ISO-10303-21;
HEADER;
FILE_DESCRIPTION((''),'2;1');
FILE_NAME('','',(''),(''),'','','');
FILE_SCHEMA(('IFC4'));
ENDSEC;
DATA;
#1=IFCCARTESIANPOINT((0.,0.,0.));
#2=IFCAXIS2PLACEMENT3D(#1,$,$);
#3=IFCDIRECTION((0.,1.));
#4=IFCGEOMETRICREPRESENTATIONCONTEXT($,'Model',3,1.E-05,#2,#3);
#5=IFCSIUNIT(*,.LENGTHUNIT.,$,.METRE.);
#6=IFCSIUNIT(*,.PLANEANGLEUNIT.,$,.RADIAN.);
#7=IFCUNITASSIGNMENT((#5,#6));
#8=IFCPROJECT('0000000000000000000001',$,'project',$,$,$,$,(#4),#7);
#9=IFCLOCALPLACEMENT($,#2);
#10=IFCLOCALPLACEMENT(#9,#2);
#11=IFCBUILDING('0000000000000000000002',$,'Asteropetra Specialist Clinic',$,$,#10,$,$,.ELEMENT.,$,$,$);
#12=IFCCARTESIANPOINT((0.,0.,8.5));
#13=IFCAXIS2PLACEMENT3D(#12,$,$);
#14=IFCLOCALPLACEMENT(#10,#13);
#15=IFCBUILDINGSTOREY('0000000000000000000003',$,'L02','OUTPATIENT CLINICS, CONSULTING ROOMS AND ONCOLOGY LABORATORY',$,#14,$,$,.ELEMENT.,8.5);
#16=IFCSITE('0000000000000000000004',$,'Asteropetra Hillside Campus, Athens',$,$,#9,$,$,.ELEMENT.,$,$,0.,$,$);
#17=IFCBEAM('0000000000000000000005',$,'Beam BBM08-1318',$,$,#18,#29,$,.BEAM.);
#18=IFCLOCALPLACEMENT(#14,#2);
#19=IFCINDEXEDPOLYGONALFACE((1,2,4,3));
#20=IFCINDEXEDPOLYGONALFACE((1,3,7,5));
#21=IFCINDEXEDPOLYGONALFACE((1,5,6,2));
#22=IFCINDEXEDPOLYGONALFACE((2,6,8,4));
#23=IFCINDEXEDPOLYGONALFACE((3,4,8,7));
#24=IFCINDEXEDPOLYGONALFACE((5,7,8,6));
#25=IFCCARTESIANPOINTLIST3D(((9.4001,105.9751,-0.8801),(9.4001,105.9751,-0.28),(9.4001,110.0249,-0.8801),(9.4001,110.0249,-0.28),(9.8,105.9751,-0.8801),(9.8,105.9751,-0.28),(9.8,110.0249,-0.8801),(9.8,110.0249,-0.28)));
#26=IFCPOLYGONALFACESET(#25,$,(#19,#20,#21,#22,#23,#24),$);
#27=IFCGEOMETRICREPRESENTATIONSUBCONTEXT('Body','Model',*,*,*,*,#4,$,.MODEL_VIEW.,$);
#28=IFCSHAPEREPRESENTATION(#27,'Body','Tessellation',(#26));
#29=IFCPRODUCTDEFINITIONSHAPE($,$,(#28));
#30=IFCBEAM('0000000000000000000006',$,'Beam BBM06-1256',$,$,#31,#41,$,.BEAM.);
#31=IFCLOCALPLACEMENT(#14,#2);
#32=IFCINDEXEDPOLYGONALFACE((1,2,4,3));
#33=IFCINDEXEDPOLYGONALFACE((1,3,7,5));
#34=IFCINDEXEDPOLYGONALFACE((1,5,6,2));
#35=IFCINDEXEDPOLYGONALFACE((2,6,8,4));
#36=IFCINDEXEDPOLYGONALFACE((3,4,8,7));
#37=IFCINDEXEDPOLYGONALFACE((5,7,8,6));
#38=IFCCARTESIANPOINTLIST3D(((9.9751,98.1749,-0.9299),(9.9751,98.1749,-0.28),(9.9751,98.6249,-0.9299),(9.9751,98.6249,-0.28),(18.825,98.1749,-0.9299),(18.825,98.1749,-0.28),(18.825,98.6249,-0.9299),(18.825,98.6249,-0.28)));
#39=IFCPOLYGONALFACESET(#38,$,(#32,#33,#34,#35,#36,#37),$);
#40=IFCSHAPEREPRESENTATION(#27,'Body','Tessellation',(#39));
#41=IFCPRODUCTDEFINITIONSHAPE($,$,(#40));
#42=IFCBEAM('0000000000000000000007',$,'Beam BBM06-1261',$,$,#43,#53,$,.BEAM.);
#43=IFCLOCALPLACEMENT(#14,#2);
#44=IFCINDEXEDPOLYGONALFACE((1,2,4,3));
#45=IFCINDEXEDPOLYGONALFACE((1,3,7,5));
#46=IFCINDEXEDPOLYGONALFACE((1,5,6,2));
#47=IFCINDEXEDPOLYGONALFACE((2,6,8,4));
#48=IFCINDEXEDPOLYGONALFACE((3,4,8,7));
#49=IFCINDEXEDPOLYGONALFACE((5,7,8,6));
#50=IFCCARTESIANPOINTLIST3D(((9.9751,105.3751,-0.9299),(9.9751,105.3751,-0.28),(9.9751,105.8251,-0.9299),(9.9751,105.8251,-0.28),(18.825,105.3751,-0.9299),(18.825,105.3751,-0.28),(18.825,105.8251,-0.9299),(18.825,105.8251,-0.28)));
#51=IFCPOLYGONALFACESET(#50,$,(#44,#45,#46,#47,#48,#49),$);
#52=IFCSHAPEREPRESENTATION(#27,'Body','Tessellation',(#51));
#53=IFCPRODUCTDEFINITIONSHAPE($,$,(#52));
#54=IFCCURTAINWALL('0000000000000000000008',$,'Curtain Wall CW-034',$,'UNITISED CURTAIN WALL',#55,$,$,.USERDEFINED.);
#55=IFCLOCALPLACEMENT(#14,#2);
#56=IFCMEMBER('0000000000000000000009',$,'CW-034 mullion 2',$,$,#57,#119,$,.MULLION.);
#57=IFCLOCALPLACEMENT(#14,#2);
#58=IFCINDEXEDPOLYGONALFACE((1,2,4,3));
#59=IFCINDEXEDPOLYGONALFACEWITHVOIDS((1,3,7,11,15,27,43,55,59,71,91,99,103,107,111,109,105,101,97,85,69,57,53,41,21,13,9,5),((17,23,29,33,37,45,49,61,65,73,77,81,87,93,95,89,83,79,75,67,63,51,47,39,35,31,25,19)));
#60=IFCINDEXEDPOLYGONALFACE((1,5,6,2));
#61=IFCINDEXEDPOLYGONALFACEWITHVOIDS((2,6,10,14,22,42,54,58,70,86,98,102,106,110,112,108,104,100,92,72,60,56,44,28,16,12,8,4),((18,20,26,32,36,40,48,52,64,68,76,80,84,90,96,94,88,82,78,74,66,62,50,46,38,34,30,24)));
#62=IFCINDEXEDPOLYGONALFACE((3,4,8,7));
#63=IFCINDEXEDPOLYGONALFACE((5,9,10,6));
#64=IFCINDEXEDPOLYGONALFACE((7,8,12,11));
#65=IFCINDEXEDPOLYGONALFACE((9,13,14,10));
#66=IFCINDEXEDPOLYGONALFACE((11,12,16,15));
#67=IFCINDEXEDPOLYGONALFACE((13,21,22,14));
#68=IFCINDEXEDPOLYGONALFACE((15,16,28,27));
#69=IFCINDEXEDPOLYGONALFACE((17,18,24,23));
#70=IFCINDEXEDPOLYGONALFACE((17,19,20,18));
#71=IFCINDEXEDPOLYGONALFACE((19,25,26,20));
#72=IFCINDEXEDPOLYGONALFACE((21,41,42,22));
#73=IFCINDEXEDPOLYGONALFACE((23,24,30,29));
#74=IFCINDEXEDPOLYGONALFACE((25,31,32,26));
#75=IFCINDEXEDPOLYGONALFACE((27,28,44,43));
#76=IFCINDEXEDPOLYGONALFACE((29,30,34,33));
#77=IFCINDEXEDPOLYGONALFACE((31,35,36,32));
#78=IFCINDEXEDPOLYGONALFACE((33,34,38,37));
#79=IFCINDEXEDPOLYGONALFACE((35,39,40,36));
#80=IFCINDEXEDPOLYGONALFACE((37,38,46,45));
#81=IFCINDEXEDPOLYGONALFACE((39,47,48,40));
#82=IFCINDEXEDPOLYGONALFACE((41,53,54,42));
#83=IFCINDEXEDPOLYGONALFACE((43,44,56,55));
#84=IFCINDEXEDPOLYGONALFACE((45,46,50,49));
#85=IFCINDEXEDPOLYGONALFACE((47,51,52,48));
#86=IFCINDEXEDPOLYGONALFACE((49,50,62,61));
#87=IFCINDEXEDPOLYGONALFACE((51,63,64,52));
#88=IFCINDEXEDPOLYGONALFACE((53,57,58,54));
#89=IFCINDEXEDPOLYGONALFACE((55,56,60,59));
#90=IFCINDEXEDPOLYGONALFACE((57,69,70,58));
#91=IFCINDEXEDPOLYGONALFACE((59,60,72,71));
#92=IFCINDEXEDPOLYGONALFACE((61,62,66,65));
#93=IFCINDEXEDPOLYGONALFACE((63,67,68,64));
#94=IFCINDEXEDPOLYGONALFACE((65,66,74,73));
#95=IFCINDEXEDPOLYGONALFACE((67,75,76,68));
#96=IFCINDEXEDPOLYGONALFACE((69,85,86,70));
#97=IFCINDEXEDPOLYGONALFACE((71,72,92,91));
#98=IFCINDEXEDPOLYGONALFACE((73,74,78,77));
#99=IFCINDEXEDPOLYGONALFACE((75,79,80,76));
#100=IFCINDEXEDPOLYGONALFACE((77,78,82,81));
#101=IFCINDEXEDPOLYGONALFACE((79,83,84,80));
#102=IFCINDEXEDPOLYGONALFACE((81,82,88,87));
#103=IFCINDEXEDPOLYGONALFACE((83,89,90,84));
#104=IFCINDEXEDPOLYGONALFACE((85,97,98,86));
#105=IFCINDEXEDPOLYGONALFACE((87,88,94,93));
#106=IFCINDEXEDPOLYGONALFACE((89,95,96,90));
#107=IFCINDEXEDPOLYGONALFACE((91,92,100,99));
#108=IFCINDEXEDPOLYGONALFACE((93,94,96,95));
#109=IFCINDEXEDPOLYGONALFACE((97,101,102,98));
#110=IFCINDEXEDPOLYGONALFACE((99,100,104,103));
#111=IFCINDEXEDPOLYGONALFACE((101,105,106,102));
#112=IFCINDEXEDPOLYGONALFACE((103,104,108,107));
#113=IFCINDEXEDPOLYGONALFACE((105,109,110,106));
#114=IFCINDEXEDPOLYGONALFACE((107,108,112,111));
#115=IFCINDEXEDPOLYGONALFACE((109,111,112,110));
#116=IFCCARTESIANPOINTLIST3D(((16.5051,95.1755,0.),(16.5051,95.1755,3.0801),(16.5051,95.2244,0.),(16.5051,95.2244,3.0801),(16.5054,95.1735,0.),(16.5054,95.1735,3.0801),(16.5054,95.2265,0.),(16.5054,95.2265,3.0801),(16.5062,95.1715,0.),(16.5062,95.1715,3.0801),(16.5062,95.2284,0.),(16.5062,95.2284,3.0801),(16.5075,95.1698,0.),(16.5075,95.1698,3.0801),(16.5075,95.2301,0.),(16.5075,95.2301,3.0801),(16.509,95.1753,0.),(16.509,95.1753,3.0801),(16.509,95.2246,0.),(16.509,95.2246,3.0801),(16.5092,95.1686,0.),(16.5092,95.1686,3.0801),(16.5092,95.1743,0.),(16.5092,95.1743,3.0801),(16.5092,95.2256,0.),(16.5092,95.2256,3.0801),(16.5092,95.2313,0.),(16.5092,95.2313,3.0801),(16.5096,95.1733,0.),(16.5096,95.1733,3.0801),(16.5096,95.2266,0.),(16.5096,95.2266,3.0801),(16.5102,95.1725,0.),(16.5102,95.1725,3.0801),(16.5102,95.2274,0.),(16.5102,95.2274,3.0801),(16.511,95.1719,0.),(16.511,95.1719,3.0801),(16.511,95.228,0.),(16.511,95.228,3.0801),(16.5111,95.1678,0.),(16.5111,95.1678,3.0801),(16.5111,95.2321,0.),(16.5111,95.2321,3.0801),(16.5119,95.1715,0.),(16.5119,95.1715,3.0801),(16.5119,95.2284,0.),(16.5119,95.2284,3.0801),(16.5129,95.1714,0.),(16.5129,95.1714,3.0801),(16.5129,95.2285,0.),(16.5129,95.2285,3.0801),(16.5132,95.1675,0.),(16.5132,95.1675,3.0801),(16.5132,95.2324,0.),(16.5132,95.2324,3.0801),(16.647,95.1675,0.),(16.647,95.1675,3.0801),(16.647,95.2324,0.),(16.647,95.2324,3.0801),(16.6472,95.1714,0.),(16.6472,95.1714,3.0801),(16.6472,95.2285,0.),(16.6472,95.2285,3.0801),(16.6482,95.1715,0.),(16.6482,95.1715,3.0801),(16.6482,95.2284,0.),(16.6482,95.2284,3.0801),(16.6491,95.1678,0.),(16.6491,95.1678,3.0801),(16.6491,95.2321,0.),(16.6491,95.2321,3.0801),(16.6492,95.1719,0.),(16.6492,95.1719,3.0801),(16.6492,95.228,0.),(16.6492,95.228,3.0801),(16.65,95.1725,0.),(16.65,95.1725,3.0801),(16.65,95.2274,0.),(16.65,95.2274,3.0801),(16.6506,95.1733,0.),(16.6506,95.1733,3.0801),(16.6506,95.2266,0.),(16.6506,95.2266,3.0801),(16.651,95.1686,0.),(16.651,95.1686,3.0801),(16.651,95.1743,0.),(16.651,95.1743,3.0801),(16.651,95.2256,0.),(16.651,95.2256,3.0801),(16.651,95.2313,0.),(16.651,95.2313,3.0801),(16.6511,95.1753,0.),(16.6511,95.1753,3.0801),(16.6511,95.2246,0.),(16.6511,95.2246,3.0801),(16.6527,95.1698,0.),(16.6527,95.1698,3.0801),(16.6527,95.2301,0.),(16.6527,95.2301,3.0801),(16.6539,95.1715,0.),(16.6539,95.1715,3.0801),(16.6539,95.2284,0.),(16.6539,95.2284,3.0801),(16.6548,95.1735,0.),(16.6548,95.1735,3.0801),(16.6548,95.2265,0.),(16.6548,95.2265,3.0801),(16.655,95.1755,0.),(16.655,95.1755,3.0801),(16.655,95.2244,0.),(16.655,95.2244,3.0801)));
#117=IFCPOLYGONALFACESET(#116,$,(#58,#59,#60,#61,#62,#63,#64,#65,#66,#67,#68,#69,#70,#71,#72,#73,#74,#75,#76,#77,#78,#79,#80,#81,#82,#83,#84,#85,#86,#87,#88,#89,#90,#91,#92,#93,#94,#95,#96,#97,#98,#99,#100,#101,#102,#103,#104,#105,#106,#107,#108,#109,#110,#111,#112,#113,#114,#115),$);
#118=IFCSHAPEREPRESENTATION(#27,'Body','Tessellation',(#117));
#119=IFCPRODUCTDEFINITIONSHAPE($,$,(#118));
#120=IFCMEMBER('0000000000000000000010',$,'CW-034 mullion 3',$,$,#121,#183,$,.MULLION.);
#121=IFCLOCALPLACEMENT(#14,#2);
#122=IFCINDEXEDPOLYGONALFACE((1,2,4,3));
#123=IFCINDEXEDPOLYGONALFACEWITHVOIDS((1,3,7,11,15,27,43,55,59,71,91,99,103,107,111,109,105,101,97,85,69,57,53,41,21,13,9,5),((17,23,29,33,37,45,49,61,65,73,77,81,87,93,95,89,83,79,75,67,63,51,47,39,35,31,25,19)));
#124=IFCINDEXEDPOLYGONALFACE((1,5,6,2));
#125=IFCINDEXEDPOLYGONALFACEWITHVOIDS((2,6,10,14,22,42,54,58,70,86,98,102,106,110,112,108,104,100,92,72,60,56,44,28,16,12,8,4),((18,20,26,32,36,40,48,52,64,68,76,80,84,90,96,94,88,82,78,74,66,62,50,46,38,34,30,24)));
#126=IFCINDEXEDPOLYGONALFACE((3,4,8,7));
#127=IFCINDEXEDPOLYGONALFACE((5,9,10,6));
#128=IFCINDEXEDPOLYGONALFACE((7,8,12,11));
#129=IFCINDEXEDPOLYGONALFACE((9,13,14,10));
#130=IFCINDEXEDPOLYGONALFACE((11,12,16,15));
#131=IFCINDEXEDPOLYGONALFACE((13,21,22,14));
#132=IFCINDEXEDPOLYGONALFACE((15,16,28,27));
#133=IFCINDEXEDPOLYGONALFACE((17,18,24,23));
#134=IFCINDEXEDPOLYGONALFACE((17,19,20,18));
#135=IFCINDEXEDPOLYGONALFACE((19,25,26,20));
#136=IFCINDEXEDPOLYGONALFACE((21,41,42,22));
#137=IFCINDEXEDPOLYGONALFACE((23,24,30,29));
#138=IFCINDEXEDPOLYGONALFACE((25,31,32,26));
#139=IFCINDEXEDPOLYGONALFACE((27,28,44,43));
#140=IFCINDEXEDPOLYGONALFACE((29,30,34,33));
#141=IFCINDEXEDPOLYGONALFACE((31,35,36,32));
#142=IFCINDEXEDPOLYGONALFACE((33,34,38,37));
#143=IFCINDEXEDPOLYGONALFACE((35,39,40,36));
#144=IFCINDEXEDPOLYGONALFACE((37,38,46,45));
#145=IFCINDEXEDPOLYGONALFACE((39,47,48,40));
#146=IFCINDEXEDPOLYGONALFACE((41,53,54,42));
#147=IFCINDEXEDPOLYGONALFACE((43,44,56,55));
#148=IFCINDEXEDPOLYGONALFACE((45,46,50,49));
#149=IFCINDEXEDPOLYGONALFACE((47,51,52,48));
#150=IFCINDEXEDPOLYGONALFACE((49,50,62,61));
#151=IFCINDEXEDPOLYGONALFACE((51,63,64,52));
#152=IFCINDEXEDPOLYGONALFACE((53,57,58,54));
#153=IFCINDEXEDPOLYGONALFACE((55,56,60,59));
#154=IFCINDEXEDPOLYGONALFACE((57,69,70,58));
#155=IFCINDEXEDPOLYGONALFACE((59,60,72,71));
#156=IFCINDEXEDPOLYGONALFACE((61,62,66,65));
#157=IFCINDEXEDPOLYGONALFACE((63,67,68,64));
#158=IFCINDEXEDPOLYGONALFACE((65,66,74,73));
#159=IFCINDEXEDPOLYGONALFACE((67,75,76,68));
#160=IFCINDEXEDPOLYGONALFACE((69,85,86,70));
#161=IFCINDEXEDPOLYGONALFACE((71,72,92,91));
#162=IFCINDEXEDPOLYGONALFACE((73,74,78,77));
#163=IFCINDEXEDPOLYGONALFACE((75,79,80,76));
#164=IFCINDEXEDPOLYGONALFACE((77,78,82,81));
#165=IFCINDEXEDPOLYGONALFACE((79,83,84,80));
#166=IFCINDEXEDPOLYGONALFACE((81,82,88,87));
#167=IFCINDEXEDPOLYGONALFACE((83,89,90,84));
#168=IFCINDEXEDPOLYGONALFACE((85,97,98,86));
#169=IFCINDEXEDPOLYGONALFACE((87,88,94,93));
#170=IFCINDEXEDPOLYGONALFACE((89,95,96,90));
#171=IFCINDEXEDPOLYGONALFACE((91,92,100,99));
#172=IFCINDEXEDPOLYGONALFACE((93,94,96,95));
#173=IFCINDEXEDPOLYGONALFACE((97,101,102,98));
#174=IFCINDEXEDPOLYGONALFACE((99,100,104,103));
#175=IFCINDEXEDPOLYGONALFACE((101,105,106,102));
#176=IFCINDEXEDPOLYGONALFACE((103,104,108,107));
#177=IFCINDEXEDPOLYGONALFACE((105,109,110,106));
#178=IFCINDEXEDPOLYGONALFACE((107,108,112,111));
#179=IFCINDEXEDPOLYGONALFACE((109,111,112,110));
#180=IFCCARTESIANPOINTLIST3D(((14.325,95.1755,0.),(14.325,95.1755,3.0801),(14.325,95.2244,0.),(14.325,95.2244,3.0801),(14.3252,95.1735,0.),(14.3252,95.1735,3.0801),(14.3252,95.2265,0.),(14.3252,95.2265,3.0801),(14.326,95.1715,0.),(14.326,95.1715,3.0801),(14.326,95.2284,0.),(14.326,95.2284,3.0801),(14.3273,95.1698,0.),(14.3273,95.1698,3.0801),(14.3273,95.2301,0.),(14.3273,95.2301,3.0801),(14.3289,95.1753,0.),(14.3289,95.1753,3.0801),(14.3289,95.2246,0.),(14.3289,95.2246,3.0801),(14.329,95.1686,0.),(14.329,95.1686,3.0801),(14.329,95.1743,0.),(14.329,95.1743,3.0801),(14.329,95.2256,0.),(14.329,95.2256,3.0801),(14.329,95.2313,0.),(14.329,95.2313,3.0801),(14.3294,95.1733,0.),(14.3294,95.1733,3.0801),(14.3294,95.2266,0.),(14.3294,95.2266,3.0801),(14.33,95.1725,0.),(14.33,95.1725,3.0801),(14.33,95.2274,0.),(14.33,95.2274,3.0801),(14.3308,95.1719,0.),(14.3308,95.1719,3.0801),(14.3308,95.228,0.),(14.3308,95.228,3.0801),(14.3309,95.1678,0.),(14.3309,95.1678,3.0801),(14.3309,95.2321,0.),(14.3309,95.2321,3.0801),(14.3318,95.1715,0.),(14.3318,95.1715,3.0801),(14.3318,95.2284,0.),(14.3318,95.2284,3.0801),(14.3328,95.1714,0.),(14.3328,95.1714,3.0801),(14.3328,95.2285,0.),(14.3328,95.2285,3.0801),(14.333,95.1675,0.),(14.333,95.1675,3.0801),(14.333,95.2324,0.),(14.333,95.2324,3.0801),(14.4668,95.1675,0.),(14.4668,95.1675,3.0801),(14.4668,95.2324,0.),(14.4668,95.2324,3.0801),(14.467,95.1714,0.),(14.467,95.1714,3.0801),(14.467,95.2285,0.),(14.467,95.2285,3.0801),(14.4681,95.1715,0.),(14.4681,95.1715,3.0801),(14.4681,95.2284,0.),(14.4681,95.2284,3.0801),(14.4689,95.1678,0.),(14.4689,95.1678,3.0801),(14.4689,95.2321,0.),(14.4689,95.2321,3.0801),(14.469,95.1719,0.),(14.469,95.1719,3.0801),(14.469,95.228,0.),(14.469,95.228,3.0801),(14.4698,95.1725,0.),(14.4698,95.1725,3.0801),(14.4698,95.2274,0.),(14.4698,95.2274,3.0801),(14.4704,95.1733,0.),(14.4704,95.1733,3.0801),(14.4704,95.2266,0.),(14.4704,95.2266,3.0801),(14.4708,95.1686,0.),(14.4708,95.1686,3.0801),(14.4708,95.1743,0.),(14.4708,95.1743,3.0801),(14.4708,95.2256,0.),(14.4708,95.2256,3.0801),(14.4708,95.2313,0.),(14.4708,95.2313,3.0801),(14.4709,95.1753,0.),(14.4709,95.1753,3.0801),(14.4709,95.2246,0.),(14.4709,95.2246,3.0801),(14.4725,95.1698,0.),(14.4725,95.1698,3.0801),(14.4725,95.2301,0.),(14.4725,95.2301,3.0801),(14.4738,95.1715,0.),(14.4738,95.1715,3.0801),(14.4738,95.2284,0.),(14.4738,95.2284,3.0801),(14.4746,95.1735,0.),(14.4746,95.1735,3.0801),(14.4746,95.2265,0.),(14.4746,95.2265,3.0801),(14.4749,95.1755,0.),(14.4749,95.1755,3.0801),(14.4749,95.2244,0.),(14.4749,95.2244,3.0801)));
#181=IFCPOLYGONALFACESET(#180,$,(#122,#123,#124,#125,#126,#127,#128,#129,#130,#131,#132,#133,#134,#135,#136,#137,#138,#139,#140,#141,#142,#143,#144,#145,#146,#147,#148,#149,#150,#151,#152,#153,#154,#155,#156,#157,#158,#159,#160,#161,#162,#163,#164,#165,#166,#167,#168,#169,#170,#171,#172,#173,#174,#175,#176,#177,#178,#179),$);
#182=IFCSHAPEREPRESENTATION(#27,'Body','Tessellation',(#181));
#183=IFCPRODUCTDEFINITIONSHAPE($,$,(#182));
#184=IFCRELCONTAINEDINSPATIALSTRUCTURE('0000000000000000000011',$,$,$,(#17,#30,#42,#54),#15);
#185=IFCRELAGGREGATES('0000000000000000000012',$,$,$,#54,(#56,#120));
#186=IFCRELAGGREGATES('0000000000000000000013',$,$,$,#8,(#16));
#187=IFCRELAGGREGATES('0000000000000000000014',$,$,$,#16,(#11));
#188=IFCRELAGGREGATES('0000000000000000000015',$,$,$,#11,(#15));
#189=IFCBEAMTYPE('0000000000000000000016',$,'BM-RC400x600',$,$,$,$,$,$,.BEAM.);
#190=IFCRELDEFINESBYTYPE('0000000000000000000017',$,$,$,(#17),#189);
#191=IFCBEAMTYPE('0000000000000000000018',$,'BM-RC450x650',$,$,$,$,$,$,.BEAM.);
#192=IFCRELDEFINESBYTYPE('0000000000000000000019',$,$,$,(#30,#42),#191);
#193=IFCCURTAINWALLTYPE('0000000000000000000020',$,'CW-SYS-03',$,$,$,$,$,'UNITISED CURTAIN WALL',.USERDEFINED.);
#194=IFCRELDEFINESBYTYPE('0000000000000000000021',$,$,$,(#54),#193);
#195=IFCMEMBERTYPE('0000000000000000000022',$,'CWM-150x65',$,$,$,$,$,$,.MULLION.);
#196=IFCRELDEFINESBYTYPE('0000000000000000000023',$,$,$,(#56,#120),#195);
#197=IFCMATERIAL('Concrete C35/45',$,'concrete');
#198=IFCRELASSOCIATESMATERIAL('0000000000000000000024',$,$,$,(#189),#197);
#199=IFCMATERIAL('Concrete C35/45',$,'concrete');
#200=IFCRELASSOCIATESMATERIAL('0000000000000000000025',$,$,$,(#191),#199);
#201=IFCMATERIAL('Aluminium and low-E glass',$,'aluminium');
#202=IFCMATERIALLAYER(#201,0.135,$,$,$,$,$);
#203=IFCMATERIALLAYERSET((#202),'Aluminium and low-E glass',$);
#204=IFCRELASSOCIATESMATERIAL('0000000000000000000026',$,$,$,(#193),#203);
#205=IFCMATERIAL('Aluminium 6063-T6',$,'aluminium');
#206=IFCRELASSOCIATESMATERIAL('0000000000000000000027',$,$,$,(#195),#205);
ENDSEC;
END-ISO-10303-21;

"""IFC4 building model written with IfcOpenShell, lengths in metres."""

from ifc_helpers import new_model, si_unit, direction, frame, origin, origin_2d, place, context, subcontext, project, spatial, rectangle, hollow_rectangle, extrude, material, layer, layer_set, material_profile, profile_set, type_object, element, aggregate, save


model = new_model("IFC4")

# Units and contexts
model_context = context("Model", 3, precision=1e-05, world=origin(), true_north=direction((0.0, 1.0)))
body_context = subcontext(model_context, "Body", "Model", "MODEL_VIEW")
ifc_project = project(units=[si_unit("LENGTHUNIT", "METRE"), si_unit("PLANEANGLEUNIT", "RADIAN")], contexts=[model_context])

# Site, building, storey
site_placement = place(None, origin())
site = spatial("IfcSite", under=ifc_project, at=site_placement, Name="Asteropetra Hillside Campus, Athens", CompositionType="ELEMENT", RefElevation=0.0)
building_placement = place(site_placement, origin())
building = spatial("IfcBuilding", under=site, at=building_placement, Name="Asteropetra Specialist Clinic", CompositionType="ELEMENT")
storey_placement = place(building_placement, frame((0.0, 0.0, 8.5)))
storey = spatial("IfcBuildingStorey", under=building, at=storey_placement, Name="L02", Description="OUTPATIENT CLINICS, CONSULTING ROOMS AND ONCOLOGY LABORATORY", CompositionType="ELEMENT", Elevation=8.5)

# Beams
ifc_material_1 = material(Name="Concrete C35/45", Category="concrete")
ifc_material_profile_1 = material_profile(ifc_material_1, rectangle(XDim=0.3999, YDim=0.6001, at=origin_2d()), Name="RCB 400x600")
ifc_profile_set_1 = profile_set([ifc_material_profile_1], Name="Concrete C35/45")
beam_type_1 = type_object("IfcBeamType", Name="BM-RC400x600", PredefinedType="BEAM", material=ifc_profile_set_1)
beam_placement = place(storey_placement, frame((9.6001, 105.9751, -0.5801), z_axis=(0.0, 1.0, 0.0), x_axis=(-1.0, 0.0, 0.0)))
element("IfcBeam", 1, at=beam_placement, inside=storey, type_object=beam_type_1, Name="Beam BBM08-1318", PredefinedType="BEAM", context=body_context, shape_type="SweptSolid", body=[
    extrude(rectangle(XDim=0.3999, YDim=0.6001, at=origin_2d()), origin(), (0.0, 0.0, 1.0), 4.0498),
])
ifc_material_2 = material(Name="Concrete C35/45", Category="concrete")
ifc_material_profile_2 = material_profile(ifc_material_2, rectangle(XDim=0.45, YDim=0.6499, at=origin_2d()), Name="RCB 450x650")
ifc_profile_set_2 = profile_set([ifc_material_profile_2], Name="Concrete C35/45")
beam_type_2 = type_object("IfcBeamType", Name="BM-RC450x650", PredefinedType="BEAM", material=ifc_profile_set_2)
for number, where, z_axis, x_axis, name in (
    (2, (9.9751, 98.3999, -0.605), (1.0, 0.0, 0.0), (0.0, 1.0, 0.0), "Beam BBM06-1256"),
    (3, (9.9751, 105.6001, -0.605), (1.0, 0.0, 0.0), (0.0, 1.0, 0.0), "Beam BBM06-1261"),
):
    element("IfcBeam", number, at=place(storey_placement, frame(where, z_axis=z_axis, x_axis=x_axis)), inside=storey, type_object=beam_type_2, Name=name, PredefinedType="BEAM", context=body_context, shape_type="SweptSolid", body=[
        extrude(rectangle(XDim=0.45, YDim=0.6499, at=origin_2d()), origin(), (0.0, 0.0, 1.0), 8.8499),
    ])

# Curtain wall, members
ifc_material_3 = material(Name="Aluminium and low-E glass", Category="aluminium")
ifc_layer_1 = layer(ifc_material_3, 0.135)
ifc_layer_set_1 = layer_set([ifc_layer_1], Name="Aluminium and low-E glass")
curtain_wall_type = type_object("IfcCurtainWallType", Name="CW-SYS-03", ElementType="UNITISED CURTAIN WALL", PredefinedType="USERDEFINED", material=ifc_layer_set_1)
curtain_wall_placement = place(storey_placement, origin())
curtain_wall = element("IfcCurtainWall", 4, at=curtain_wall_placement, inside=storey, type_object=curtain_wall_type, Name="Curtain Wall CW-034", ObjectType="UNITISED CURTAIN WALL", PredefinedType="USERDEFINED")
ifc_material_4 = material(Name="Aluminium 6063-T6", Category="aluminium")
ifc_material_profile_3 = material_profile(ifc_material_4, hollow_rectangle(XDim=0.0649, YDim=0.1499, WallThickness=0.0039, InnerFilletRadius=0.0039, OuterFilletRadius=0.0081, at=origin_2d()), Name="MUL 150x65x4.0")
ifc_profile_set_3 = profile_set([ifc_material_profile_3], Name="Aluminium 6063-T6")
member_type_1 = type_object("IfcMemberType", Name="CWM-150x65", PredefinedType="MULLION", material=ifc_profile_set_3)
member_1_placement = place(storey_placement, frame((16.5801, 95.2, 0.0), z_axis=(0.0, 0.0, 1.0), x_axis=(0.0, -1.0, 0.0)))
member_1 = element("IfcMember", 5, at=member_1_placement, type_object=member_type_1, Name="CW-034 mullion 2", PredefinedType="MULLION", context=body_context, shape_type="SweptSolid", body=[
    extrude(hollow_rectangle(XDim=0.0649, YDim=0.1499, WallThickness=0.0039, InnerFilletRadius=0.0039, OuterFilletRadius=0.0081, at=origin_2d()), origin(), (0.0, 0.0, 1.0), 3.0801),
])
member_2_placement = place(storey_placement, frame((14.3999, 95.2, 0.0), z_axis=(0.0, 0.0, 1.0), x_axis=(0.0, -1.0, 0.0)))
member_2 = element("IfcMember", 6, at=member_2_placement, type_object=member_type_1, Name="CW-034 mullion 3", PredefinedType="MULLION", context=body_context, shape_type="SweptSolid", body=[
    extrude(hollow_rectangle(XDim=0.0649, YDim=0.1499, WallThickness=0.0039, InnerFilletRadius=0.0039, OuterFilletRadius=0.0081, at=origin_2d()), origin(), (0.0, 0.0, 1.0), 3.0801),
])

aggregate(curtain_wall, [member_1, member_2])

save(model, "model.ifc")
